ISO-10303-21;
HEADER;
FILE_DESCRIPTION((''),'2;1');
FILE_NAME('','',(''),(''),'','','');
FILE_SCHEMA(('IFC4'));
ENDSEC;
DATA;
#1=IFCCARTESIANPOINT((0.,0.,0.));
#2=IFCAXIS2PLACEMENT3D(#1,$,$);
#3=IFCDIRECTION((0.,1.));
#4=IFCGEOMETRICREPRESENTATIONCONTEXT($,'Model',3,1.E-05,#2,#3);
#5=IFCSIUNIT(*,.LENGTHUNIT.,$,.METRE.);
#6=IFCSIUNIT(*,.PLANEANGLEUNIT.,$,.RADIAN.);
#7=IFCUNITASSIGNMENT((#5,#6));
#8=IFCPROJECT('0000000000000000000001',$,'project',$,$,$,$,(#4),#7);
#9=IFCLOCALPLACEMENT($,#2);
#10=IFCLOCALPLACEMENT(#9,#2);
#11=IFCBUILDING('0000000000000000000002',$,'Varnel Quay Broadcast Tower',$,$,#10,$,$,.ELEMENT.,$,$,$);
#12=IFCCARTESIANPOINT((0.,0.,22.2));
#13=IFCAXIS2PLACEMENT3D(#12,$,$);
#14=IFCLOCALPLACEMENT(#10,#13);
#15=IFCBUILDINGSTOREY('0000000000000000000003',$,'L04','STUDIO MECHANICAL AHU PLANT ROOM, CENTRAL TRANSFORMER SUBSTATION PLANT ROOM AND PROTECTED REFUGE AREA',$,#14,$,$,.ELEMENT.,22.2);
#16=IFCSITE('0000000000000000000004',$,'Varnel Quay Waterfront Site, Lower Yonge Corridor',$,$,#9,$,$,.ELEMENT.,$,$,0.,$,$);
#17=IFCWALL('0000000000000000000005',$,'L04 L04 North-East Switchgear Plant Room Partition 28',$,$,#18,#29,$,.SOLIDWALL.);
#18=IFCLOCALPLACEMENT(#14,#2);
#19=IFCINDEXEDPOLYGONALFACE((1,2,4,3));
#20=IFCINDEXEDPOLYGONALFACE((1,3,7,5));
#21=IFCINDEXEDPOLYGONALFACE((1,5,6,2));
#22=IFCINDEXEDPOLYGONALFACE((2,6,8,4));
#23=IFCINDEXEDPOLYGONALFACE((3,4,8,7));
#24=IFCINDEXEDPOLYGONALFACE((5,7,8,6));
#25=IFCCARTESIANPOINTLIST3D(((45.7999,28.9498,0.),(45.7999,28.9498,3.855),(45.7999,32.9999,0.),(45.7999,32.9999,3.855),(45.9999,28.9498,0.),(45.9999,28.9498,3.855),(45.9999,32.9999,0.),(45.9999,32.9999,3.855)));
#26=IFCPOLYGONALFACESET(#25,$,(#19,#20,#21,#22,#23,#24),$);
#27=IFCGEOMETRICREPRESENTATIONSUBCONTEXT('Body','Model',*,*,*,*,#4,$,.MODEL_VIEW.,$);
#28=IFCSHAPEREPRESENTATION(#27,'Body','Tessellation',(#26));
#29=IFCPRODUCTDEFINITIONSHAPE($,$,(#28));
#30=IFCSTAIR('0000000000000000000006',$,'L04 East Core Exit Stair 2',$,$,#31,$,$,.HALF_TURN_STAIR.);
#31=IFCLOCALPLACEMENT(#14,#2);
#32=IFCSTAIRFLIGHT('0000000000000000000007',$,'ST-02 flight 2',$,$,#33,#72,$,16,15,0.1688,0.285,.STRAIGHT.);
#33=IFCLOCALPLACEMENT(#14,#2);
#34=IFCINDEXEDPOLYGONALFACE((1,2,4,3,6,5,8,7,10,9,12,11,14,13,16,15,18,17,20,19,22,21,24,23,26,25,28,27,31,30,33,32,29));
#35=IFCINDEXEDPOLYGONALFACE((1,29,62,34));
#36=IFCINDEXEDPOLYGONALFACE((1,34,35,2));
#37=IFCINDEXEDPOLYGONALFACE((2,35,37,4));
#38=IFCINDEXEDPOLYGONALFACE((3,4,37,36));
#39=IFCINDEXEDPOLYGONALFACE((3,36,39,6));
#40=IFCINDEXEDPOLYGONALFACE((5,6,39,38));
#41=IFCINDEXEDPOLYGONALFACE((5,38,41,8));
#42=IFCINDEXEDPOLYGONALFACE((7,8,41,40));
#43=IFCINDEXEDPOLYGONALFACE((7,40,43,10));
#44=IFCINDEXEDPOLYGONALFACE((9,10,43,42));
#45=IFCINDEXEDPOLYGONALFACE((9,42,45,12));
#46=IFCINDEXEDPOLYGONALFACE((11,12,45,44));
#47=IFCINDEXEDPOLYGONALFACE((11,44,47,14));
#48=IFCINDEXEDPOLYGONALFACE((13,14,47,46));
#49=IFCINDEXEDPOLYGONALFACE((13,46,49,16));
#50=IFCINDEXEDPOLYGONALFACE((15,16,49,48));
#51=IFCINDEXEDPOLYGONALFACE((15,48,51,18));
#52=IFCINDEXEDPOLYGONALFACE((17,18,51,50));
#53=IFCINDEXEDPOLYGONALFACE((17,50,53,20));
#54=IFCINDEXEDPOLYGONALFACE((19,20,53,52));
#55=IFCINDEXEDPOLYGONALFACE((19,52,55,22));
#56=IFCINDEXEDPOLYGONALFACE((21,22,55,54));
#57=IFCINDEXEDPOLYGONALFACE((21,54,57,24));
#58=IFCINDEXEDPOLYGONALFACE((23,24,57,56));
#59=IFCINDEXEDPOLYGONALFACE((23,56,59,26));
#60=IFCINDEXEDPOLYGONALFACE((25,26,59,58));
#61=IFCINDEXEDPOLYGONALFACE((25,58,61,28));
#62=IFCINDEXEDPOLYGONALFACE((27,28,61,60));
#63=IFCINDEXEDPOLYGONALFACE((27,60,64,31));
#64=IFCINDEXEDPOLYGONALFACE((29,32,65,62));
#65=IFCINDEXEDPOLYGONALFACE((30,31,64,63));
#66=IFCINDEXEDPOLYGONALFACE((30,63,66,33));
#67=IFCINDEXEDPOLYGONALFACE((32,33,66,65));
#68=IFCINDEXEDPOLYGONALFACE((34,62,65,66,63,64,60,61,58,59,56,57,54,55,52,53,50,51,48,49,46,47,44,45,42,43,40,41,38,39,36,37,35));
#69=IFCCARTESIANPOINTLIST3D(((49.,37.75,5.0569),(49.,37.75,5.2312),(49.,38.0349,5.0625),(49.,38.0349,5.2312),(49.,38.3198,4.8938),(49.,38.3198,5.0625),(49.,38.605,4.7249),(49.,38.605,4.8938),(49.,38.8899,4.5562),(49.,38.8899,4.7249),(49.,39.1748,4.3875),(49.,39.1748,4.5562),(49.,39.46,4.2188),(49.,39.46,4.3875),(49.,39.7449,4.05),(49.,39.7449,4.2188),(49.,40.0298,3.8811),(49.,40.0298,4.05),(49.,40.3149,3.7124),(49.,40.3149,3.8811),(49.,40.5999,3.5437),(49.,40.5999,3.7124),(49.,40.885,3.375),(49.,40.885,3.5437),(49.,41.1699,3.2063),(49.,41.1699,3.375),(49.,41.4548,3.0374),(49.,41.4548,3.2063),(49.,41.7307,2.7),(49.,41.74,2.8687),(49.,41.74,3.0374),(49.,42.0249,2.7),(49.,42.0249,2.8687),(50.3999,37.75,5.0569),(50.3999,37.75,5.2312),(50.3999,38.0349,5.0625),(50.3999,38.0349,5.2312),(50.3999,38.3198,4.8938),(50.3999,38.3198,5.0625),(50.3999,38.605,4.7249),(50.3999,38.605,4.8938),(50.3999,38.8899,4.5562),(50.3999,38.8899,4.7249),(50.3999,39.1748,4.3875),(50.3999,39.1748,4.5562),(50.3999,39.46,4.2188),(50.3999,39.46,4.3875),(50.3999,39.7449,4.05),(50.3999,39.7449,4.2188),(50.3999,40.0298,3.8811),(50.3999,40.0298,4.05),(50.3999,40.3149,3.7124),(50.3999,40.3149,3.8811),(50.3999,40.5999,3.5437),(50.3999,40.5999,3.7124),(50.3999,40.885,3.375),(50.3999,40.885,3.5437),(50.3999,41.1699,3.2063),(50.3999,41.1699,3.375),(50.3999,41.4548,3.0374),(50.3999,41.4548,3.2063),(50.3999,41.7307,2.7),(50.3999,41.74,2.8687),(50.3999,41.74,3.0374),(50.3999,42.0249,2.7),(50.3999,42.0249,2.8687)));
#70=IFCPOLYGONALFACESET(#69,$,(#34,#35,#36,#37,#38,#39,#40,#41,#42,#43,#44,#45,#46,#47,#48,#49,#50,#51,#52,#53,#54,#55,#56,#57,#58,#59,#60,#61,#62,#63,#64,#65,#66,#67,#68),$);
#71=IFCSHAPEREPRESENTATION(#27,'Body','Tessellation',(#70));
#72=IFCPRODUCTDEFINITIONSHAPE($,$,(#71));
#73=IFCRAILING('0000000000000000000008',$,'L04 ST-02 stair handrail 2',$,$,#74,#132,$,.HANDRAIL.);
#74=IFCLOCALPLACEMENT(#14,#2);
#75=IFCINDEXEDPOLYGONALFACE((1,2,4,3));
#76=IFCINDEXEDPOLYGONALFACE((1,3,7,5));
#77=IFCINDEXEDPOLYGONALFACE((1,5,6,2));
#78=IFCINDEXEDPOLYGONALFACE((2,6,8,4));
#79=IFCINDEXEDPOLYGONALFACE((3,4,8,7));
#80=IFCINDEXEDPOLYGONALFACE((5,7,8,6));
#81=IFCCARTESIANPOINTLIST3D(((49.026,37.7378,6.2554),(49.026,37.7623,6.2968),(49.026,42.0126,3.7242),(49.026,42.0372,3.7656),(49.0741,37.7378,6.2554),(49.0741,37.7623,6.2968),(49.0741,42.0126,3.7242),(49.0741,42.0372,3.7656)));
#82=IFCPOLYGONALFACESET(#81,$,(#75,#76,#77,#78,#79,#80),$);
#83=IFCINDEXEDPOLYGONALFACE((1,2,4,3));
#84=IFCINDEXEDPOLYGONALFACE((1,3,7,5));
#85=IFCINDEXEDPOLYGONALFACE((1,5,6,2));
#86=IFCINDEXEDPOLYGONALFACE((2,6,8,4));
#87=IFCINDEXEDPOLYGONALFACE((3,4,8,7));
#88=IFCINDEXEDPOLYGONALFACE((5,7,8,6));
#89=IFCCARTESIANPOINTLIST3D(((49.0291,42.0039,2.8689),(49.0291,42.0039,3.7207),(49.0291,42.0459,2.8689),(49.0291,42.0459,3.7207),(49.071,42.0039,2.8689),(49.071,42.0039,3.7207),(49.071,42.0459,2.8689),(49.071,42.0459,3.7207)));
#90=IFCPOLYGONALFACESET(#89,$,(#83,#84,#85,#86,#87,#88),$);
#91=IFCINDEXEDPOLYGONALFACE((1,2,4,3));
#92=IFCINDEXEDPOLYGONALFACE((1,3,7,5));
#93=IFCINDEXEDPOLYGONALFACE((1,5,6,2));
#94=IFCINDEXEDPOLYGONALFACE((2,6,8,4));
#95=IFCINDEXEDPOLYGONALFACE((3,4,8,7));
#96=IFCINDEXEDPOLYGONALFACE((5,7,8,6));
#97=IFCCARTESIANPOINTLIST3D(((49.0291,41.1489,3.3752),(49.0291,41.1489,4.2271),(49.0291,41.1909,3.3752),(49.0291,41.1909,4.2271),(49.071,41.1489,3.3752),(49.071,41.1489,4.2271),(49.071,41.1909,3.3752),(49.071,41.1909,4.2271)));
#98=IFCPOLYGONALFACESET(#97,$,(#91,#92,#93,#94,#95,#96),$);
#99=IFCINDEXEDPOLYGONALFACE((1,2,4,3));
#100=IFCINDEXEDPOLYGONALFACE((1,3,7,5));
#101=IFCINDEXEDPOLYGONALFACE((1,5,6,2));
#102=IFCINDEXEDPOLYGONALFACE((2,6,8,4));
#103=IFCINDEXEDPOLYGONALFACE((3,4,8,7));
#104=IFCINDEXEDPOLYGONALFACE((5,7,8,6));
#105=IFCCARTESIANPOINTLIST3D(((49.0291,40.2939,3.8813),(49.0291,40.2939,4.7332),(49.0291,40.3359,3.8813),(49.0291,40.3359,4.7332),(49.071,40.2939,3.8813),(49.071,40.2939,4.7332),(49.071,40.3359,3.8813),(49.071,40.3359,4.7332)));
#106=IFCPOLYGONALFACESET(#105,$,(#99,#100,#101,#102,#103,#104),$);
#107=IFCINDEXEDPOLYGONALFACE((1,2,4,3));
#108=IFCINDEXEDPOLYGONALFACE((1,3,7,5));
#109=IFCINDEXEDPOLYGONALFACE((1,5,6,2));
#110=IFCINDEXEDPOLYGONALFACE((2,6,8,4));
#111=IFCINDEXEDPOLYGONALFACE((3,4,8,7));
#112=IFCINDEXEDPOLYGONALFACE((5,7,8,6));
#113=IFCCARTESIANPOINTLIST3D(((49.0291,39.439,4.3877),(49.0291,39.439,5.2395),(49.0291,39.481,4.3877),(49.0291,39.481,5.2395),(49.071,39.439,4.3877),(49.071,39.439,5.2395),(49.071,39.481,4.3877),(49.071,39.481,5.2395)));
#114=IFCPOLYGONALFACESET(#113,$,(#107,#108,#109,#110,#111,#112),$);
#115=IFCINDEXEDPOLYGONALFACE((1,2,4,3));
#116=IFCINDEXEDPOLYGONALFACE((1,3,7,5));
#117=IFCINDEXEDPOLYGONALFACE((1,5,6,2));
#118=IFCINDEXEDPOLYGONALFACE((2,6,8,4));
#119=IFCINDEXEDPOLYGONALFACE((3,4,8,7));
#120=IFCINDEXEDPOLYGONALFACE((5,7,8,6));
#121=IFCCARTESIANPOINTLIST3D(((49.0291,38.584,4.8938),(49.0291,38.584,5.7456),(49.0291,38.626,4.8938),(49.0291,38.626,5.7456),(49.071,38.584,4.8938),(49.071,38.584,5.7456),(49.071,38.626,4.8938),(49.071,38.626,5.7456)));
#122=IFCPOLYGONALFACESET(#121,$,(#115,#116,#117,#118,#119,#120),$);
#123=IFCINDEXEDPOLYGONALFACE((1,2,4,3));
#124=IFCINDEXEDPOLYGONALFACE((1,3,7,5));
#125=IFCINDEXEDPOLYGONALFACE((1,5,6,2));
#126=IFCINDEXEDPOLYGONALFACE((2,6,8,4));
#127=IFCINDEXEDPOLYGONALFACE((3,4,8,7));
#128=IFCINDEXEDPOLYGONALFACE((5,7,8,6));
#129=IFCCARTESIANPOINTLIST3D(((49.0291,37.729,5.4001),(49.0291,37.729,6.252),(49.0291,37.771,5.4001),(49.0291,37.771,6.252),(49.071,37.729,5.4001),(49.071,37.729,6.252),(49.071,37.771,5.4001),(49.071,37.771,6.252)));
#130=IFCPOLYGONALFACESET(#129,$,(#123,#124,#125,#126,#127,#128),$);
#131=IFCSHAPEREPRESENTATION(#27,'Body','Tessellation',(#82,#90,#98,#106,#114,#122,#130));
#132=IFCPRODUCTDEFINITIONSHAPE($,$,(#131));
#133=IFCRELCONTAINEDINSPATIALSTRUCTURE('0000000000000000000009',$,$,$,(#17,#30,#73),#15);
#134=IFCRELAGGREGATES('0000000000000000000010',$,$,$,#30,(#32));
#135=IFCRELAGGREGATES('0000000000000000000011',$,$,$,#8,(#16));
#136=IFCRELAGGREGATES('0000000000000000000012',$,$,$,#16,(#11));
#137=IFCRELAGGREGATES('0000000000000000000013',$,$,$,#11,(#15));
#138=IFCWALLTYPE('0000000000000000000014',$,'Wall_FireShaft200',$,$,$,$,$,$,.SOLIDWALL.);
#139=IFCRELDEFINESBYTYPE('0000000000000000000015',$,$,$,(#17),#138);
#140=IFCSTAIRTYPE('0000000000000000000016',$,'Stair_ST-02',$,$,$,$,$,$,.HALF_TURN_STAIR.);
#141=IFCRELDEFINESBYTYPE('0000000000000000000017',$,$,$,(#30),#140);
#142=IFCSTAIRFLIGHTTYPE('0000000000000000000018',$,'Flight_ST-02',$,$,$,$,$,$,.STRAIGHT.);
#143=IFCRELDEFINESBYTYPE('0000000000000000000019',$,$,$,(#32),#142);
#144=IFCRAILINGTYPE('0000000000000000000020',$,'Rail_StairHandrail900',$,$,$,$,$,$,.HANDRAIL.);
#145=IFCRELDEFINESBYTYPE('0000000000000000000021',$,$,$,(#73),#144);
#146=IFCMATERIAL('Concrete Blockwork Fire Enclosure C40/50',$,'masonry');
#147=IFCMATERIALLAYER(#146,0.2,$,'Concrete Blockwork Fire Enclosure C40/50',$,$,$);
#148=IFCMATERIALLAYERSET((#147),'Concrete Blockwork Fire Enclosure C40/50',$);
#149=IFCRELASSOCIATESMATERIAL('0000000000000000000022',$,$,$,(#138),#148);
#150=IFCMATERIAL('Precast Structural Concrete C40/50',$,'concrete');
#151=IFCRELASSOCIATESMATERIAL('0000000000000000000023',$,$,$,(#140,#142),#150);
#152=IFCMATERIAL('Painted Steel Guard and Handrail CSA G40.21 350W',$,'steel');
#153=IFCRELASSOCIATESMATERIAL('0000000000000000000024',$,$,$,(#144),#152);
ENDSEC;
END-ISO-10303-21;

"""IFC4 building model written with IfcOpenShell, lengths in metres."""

from ifc_helpers import new_model, si_unit, direction, frame, frame_2d, origin, origin_2d, place, context, subcontext, project, spatial, polyline, rectangle, outline, extrude, material, layer, layer_set, type_object, element, aggregate, save


model = new_model("IFC4")

# Units and contexts
model_context = context("Model", 3, precision=1e-05, world=origin(), true_north=direction((0.0, 1.0)))
body_context = subcontext(model_context, "Body", "Model", "MODEL_VIEW")
ifc_project = project(units=[si_unit("LENGTHUNIT", "METRE"), si_unit("PLANEANGLEUNIT", "RADIAN")], contexts=[model_context])

# Site, building, storey
site_placement = place(None, origin())
site = spatial("IfcSite", under=ifc_project, at=site_placement, Name="Varnel Quay Waterfront Site, Lower Yonge Corridor", CompositionType="ELEMENT", RefElevation=0.0)
building_placement = place(site_placement, origin())
building = spatial("IfcBuilding", under=site, at=building_placement, Name="Varnel Quay Broadcast Tower", CompositionType="ELEMENT")
storey_placement = place(building_placement, frame((0.0, 0.0, 22.2)))
storey = spatial("IfcBuildingStorey", under=building, at=storey_placement, Name="L04", Description="STUDIO MECHANICAL AHU PLANT ROOM, CENTRAL TRANSFORMER SUBSTATION PLANT ROOM AND PROTECTED REFUGE AREA", CompositionType="ELEMENT", Elevation=22.2)

# Shared definitions
ifc_material_1 = material(Name="Concrete Blockwork Fire Enclosure C40/50", Category="masonry")
ifc_layer_1 = layer(ifc_material_1, 0.2, Name="Concrete Blockwork Fire Enclosure C40/50")
ifc_layer_set_1 = layer_set([ifc_layer_1], Name="Concrete Blockwork Fire Enclosure C40/50")
wall_type_1 = type_object("IfcWallType", Name="Wall_FireShaft200", PredefinedType="SOLIDWALL", material=ifc_layer_set_1)

# Wall
wall_1_placement = place(storey_placement, frame((45.8999, 28.95, 0.0), z_axis=(0.0, 0.0, 1.0), x_axis=(0.0, 1.0, 0.0)))
element("IfcWall", 1, at=wall_1_placement, inside=storey, type_object=wall_type_1, Name="L04 L04 North-East Switchgear Plant Room Partition 28", PredefinedType="SOLIDWALL", context=body_context, shape_type="SweptSolid", body=[
    extrude(rectangle(XDim=4.05, YDim=0.2, at=frame_2d((2.0249, 0.0))), origin(), (0.0, 0.0, 1.0), 3.855),
])

# Stair, stair flight
ifc_material_2 = material(Name="Precast Structural Concrete C40/50", Category="concrete")
stair_type = type_object("IfcStairType", Name="Stair_ST-02", PredefinedType="HALF_TURN_STAIR", material=ifc_material_2)
stair_placement = place(storey_placement, origin())
stair = element("IfcStair", 2, at=stair_placement, inside=storey, type_object=stair_type, Name="L04 East Core Exit Stair 2", PredefinedType="HALF_TURN_STAIR")
stair_flight_type = type_object("IfcStairFlightType", Name="Flight_ST-02", PredefinedType="STRAIGHT", material=ifc_material_2)
stair_flight_placement = place(storey_placement, frame((49.7, 42.0249, 2.7), z_axis=(0.0, 0.0, 1.0), x_axis=(0.0, -1.0, 0.0)))
stair_flight = element("IfcStairFlight", 3, at=stair_flight_placement, type_object=stair_flight_type, Name="ST-02 flight 2", NumberOfRisers=16, NumberOfTreads=15, PredefinedType="STRAIGHT", RiserHeight=0.1688, TreadLength=0.285, context=body_context, shape_type="SweptSolid", body=[
    extrude(outline(polyline([(0.0, 0.0), (0.0, 0.1687), (0.2849, 0.1687), (0.2849, 0.3374), (0.5701, 0.3374), (0.5701, 0.5063), (0.855, 0.5063), (0.855, 0.675), (1.1399, 0.675), (1.1399, 0.8438), (1.425, 0.8438), (1.425, 1.0125), (1.71, 1.0125), (1.71, 1.1812), (1.9951, 1.1812), (1.9951, 1.3501), (2.28, 1.3501), (2.28, 1.5188), (2.5649, 1.5188), (2.5649, 1.6875), (2.8501, 1.6875), (2.8501, 1.8562), (3.135, 1.8562), (3.135, 2.0249), (3.4199, 2.0249), (3.4199, 2.1938), (3.7051, 2.1938), (3.7051, 2.3625), (3.99, 2.3625), (3.99, 2.5312), (4.2749, 2.5312), (4.2749, 2.7), (4.2749, 2.3569), (0.2942, 0.0), (0.0, 0.0)])), frame((0.0, 0.7, 0.0), z_axis=(0.0, -1.0, 0.0), x_axis=(1.0, 0.0, 0.0)), (0.0, 0.0, 1.0), 1.3999),
])
aggregate(stair, [stair_flight])

# Railing
ifc_material_3 = material(Name="Painted Steel Guard and Handrail CSA G40.21 350W", Category="steel")
railing_type = type_object("IfcRailingType", Name="Rail_StairHandrail900", PredefinedType="HANDRAIL", material=ifc_material_3)
railing_placement = place(storey_placement, frame((49.05, 42.0249, 2.8689)))
element("IfcRailing", 4, at=railing_placement, inside=storey, type_object=railing_type, Name="L04 ST-02 stair handrail 2", PredefinedType="HANDRAIL", context=body_context, shape_type="SweptSolid", body=[
    extrude(rectangle(XDim=0.0481, YDim=0.0481, at=origin_2d()), frame((0.0, 0.0, 0.876), z_axis=(0.0, -0.86047, 0.509501), x_axis=(1.0, 0.0, 0.0)), (0.0, 0.0, 1.0), 4.968),
    extrude(rectangle(XDim=0.042, YDim=0.042, at=origin_2d()), origin(), (0.0, 0.0, 1.0), 0.8518),
    extrude(rectangle(XDim=0.042, YDim=0.042, at=origin_2d()), frame((0.0, -0.855, 0.5063)), (0.0, 0.0, 1.0), 0.8518),
    extrude(rectangle(XDim=0.042, YDim=0.042, at=origin_2d()), frame((0.0, -1.71, 1.0125)), (0.0, 0.0, 1.0), 0.8518),
    extrude(rectangle(XDim=0.042, YDim=0.042, at=origin_2d()), frame((0.0, -2.5649, 1.5188)), (0.0, 0.0, 1.0), 0.8518),
    extrude(rectangle(XDim=0.042, YDim=0.042, at=origin_2d()), frame((0.0, -3.4199, 2.0249)), (0.0, 0.0, 1.0), 0.8518),
    extrude(rectangle(XDim=0.042, YDim=0.042, at=origin_2d()), frame((0.0, -4.2749, 2.5312)), (0.0, 0.0, 1.0), 0.8518),
])

save(model, "model.ifc")
